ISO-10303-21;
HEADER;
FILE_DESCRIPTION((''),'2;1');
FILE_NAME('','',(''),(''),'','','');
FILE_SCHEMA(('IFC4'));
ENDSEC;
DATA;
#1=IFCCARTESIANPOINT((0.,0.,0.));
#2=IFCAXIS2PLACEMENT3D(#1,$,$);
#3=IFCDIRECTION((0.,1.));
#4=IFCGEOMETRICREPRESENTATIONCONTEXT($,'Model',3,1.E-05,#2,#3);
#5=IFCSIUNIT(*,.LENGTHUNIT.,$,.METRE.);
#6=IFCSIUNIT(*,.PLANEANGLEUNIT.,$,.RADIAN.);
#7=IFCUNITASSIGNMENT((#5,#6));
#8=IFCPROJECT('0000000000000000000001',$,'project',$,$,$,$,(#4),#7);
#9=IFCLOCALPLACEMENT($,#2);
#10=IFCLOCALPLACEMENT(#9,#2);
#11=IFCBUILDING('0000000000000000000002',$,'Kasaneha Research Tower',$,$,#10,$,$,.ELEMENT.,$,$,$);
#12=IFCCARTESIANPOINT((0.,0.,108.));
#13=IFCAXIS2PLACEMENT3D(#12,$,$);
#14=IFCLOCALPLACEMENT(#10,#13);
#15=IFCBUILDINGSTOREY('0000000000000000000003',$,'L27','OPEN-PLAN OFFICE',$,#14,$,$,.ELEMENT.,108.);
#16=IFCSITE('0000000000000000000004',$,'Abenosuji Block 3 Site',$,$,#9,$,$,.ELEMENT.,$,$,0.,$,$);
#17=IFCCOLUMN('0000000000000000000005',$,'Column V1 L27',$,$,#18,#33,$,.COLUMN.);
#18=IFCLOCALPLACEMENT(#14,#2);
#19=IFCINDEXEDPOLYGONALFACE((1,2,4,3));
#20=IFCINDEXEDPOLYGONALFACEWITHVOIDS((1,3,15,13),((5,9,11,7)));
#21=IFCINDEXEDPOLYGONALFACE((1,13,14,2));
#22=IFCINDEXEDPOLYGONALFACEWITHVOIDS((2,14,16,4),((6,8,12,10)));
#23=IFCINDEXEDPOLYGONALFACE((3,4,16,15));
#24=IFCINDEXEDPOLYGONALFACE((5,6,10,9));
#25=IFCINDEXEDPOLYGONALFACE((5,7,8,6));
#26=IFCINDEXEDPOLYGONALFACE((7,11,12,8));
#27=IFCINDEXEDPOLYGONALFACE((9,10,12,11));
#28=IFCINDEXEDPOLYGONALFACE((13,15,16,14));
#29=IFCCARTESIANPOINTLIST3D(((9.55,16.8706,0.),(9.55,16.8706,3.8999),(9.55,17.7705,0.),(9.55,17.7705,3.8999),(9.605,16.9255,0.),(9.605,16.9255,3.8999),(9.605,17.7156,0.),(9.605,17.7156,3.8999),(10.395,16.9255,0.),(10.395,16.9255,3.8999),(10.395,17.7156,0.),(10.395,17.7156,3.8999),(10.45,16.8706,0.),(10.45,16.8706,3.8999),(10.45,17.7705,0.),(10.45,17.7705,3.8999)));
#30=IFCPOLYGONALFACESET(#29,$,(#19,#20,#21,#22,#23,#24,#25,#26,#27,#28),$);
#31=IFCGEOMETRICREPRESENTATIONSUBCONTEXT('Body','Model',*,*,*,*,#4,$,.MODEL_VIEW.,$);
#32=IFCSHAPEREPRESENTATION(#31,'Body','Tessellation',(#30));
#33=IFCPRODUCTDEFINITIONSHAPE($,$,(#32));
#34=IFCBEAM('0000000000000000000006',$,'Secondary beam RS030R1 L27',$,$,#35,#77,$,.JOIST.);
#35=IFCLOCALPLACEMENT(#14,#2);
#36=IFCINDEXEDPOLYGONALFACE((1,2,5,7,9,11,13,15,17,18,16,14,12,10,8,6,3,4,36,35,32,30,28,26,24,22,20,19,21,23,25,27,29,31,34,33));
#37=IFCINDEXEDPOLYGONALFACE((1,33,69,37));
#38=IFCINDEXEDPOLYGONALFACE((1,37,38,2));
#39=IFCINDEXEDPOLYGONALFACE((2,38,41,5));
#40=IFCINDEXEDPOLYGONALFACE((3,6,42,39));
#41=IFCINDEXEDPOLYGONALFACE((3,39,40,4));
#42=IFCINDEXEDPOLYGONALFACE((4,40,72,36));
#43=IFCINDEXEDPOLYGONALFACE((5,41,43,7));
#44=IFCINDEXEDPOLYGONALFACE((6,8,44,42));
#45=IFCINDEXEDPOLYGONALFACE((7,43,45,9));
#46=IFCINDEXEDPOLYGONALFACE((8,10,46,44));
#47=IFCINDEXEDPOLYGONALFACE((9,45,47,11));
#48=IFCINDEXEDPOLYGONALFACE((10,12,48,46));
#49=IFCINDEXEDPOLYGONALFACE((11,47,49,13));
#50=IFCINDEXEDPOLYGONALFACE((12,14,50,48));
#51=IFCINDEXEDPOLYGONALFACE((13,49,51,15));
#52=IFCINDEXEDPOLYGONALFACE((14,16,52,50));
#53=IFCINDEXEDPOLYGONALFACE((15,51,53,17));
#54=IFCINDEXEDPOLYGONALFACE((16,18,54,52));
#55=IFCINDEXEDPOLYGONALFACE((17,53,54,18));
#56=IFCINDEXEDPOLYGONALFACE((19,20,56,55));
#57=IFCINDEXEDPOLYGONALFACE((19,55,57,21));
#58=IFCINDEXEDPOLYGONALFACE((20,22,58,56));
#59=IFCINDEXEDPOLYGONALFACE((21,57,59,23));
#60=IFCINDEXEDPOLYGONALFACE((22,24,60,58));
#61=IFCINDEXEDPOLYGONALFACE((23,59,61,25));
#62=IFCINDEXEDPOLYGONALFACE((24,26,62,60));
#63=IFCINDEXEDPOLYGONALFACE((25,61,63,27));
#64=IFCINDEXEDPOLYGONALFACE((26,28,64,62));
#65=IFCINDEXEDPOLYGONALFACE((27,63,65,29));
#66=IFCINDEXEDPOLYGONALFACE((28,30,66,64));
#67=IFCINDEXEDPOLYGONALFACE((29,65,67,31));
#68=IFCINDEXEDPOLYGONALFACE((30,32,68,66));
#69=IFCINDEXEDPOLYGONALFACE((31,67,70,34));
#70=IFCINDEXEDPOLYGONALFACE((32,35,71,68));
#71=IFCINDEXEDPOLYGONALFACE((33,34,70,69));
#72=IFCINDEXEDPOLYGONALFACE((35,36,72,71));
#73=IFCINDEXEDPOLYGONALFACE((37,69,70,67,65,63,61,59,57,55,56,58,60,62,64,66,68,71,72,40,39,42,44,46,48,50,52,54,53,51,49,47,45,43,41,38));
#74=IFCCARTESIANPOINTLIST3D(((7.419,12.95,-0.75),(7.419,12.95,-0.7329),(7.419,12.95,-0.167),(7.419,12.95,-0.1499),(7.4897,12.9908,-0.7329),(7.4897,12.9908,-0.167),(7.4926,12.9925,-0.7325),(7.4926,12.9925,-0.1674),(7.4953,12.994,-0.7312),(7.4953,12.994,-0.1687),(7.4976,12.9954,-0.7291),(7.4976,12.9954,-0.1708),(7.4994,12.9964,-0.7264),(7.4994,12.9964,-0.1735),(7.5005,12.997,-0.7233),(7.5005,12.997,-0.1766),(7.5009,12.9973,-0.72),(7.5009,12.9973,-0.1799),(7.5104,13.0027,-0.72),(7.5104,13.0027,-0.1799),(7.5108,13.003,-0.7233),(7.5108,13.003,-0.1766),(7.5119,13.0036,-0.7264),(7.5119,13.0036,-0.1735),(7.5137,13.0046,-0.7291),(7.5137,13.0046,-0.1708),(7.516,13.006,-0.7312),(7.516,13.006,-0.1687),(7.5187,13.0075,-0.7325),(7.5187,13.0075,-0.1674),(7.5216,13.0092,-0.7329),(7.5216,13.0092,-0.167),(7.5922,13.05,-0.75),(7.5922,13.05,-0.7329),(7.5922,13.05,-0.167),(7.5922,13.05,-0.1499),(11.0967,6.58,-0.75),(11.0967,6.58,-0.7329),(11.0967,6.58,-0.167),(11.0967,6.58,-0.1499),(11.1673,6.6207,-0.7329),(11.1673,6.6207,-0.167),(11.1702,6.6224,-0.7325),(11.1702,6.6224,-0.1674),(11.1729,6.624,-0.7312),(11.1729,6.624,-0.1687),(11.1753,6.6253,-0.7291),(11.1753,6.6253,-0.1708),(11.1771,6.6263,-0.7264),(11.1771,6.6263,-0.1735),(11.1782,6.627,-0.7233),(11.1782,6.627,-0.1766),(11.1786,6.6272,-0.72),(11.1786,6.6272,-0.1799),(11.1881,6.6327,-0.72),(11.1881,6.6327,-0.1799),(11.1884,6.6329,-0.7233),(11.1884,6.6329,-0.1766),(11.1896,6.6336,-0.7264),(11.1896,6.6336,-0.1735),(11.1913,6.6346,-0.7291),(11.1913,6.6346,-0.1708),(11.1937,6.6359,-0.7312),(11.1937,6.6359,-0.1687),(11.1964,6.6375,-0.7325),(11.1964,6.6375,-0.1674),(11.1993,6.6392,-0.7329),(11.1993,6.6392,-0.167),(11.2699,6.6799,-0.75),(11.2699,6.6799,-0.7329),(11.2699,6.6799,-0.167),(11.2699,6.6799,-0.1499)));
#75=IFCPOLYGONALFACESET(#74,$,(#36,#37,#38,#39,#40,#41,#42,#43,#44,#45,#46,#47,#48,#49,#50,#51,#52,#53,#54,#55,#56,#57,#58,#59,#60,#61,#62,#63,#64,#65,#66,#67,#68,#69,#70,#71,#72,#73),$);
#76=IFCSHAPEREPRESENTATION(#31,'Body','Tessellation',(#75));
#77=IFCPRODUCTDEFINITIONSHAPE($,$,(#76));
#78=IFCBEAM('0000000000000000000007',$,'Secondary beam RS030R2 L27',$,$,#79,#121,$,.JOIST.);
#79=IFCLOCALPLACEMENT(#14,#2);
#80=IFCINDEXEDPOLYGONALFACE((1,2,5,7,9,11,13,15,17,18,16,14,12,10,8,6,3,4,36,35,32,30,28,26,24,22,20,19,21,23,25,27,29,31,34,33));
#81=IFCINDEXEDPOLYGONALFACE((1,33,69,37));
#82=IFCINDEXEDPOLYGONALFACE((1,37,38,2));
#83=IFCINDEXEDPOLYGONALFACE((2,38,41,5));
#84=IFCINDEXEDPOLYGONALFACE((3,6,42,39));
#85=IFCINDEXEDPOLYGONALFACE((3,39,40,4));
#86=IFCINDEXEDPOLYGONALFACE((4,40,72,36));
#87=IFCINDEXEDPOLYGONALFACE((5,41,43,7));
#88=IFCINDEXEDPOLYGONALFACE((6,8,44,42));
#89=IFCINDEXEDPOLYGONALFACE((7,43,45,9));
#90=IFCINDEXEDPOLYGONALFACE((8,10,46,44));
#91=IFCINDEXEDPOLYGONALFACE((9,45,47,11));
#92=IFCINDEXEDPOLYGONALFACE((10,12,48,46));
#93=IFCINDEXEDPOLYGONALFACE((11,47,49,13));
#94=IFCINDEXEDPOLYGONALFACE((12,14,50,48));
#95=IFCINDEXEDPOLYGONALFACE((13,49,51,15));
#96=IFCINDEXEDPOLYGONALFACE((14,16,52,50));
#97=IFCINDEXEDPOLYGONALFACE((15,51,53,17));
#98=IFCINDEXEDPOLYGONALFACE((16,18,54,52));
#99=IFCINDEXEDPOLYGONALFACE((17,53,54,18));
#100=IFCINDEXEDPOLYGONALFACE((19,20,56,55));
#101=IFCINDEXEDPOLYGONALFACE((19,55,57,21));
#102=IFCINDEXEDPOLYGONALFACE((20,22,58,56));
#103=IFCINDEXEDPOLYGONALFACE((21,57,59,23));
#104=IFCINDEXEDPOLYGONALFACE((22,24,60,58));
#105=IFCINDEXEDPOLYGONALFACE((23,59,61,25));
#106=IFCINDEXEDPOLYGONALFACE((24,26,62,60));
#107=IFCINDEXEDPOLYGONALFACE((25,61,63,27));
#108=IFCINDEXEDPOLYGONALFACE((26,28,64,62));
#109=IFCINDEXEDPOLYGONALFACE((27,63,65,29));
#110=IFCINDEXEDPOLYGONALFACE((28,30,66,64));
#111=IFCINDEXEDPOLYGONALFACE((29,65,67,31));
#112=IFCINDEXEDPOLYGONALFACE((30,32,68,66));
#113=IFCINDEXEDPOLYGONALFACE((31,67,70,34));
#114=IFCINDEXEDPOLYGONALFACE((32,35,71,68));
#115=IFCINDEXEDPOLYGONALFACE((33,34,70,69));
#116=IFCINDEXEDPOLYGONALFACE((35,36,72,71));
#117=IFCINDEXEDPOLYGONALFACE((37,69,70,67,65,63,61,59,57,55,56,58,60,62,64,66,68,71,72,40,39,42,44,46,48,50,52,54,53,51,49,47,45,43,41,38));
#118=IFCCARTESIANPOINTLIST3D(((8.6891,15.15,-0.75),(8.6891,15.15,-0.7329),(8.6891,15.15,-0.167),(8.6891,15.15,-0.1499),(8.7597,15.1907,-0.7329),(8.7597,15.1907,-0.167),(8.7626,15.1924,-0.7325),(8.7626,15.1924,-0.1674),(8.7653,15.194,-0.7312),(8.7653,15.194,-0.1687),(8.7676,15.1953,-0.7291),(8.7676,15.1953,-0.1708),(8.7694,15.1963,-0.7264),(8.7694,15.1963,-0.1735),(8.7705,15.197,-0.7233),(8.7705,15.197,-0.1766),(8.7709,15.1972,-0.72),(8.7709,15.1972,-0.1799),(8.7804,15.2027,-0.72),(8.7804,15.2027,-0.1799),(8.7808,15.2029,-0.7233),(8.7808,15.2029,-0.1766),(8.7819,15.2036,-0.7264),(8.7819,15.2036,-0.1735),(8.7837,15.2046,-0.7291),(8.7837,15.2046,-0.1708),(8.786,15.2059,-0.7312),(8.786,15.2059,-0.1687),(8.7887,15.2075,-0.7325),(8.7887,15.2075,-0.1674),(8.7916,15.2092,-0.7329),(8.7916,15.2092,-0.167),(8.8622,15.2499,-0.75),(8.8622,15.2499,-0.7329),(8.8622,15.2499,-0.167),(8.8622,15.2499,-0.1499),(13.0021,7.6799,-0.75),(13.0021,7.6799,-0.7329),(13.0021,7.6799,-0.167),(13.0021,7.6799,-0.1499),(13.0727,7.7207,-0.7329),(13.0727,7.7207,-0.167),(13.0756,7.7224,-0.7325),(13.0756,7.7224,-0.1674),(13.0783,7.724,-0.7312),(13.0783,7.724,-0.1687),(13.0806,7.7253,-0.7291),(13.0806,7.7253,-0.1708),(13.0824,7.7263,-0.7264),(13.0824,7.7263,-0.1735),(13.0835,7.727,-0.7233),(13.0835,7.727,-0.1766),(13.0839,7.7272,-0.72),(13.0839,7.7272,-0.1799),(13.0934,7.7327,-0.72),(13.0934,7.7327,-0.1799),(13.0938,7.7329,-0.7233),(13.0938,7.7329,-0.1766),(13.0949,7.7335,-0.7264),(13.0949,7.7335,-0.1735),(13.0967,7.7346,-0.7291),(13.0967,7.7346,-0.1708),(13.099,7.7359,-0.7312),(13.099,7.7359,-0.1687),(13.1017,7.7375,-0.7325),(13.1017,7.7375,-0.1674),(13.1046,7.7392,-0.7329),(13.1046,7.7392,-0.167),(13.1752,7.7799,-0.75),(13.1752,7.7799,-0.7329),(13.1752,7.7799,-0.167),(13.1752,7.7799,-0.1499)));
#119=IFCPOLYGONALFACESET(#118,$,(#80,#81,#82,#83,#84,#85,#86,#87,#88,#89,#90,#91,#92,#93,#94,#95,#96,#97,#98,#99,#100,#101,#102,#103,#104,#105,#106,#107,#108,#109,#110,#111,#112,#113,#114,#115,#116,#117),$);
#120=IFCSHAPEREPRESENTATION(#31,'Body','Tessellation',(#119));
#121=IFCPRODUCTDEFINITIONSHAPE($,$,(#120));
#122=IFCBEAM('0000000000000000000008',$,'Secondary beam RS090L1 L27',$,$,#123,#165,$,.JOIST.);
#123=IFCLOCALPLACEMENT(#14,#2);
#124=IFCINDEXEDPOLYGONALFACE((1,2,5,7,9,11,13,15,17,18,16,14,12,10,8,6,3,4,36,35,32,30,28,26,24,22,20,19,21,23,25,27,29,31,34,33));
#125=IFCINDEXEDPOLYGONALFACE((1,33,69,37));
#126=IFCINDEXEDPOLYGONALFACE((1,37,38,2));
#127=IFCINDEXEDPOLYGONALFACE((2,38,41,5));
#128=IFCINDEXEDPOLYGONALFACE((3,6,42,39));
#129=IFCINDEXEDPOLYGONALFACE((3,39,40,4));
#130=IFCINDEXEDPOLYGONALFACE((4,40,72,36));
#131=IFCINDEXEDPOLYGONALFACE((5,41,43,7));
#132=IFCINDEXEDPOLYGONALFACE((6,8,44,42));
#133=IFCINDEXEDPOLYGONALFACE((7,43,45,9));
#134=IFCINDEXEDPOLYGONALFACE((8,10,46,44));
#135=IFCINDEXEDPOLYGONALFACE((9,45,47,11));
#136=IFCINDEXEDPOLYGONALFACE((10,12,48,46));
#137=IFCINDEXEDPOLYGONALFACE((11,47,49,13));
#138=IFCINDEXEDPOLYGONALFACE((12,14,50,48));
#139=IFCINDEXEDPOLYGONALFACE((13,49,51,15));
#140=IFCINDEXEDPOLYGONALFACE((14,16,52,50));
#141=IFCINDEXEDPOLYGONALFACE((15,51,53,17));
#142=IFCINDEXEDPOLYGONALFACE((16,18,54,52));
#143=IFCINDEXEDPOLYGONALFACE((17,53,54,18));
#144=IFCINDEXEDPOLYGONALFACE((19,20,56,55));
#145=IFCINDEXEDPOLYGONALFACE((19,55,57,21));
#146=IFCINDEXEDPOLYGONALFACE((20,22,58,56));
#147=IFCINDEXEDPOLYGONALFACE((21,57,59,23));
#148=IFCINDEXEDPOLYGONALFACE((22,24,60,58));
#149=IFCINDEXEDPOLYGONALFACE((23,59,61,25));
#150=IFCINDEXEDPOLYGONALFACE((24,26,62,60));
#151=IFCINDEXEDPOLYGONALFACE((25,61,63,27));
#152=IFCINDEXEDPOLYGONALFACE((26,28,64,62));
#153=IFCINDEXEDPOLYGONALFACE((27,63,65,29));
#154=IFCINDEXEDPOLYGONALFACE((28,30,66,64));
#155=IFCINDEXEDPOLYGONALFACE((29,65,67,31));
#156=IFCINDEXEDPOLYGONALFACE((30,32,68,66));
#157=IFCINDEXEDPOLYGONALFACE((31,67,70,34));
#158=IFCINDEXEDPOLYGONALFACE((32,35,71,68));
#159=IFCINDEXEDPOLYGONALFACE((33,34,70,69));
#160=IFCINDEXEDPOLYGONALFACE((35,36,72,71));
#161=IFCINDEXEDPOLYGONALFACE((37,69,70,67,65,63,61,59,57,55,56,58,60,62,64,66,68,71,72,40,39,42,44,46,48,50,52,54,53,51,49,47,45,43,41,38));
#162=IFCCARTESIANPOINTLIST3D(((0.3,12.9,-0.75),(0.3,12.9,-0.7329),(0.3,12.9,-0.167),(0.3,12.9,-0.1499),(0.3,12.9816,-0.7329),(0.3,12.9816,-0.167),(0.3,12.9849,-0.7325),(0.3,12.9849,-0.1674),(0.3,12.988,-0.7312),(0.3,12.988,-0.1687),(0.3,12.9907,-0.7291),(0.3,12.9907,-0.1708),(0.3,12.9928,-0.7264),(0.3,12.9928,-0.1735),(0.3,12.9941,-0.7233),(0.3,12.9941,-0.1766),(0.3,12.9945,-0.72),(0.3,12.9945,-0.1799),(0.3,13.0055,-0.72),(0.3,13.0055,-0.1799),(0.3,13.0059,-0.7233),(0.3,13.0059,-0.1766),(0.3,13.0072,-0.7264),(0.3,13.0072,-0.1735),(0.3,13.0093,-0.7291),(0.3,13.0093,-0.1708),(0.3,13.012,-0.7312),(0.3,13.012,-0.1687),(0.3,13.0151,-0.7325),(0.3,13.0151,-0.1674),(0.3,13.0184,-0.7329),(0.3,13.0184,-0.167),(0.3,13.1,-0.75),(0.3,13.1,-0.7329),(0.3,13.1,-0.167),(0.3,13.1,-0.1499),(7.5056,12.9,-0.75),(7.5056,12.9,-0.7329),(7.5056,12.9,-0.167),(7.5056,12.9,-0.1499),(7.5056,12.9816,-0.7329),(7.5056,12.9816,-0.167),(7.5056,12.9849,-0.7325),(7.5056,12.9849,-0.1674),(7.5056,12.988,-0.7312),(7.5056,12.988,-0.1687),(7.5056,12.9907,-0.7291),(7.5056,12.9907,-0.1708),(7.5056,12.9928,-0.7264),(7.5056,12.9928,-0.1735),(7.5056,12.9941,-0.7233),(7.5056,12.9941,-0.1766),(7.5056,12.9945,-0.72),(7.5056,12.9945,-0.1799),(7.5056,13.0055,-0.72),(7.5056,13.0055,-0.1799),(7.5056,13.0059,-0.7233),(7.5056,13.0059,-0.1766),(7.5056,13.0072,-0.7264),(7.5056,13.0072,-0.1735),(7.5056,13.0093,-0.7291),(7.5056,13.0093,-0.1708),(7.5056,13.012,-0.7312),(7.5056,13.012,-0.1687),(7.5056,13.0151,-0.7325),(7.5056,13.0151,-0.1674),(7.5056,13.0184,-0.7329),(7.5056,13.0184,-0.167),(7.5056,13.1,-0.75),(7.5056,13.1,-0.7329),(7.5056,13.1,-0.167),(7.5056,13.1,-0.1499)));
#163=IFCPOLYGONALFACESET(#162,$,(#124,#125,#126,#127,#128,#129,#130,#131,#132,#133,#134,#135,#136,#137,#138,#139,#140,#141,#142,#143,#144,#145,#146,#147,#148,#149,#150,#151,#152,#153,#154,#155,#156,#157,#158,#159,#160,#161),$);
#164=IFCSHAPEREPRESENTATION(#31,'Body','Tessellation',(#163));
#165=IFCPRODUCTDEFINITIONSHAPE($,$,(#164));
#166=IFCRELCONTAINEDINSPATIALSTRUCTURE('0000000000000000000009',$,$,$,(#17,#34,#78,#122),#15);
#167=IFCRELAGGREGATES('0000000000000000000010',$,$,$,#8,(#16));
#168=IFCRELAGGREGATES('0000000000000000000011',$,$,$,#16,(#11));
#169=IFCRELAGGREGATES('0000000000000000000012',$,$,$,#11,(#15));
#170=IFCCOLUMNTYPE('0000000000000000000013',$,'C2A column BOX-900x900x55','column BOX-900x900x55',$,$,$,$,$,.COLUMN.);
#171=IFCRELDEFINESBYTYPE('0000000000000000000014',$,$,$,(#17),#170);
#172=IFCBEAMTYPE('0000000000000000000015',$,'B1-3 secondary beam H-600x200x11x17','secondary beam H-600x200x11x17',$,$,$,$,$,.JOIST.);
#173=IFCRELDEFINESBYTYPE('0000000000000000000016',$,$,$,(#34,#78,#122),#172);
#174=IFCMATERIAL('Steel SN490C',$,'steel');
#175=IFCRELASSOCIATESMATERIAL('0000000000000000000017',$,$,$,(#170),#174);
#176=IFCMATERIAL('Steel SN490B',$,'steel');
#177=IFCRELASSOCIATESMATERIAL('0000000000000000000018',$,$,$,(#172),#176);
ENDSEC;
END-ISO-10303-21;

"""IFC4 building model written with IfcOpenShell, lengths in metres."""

from ifc_helpers import new_model, si_unit, direction, frame, origin, origin_2d, place, context, subcontext, project, spatial, hollow_rectangle, i_section, extrude, material, material_profile, profile_set, type_object, element, save


model = new_model("IFC4")

# Units and contexts
model_context = context("Model", 3, precision=1e-05, world=origin(), true_north=direction((0.0, 1.0)))
body_context = subcontext(model_context, "Body", "Model", "MODEL_VIEW")
ifc_project = project(units=[si_unit("LENGTHUNIT", "METRE"), si_unit("PLANEANGLEUNIT", "RADIAN")], contexts=[model_context])

# Site, building, storey
site_placement = place(None, origin())
site = spatial("IfcSite", under=ifc_project, at=site_placement, Name="Abenosuji Block 3 Site", CompositionType="ELEMENT", RefElevation=0.0)
building_placement = place(site_placement, origin())
building = spatial("IfcBuilding", under=site, at=building_placement, Name="Kasaneha Research Tower", CompositionType="ELEMENT")
storey_placement = place(building_placement, frame((0.0, 0.0, 108.0)))
storey = spatial("IfcBuildingStorey", under=building, at=storey_placement, Name="L27", Description="OPEN-PLAN OFFICE", CompositionType="ELEMENT", Elevation=108.0)

# Column
ifc_material_1 = material(Name="Steel SN490C", Category="steel")
ifc_material_profile_1 = material_profile(ifc_material_1, hollow_rectangle(XDim=0.8999, YDim=0.8999, WallThickness=0.0549, at=origin_2d()), Name="BOX-900x900x55")
ifc_profile_set_1 = profile_set([ifc_material_profile_1], Name="Steel SN490C")
column_type = type_object("IfcColumnType", Name="C2A column BOX-900x900x55", Description="column BOX-900x900x55", PredefinedType="COLUMN", material=ifc_profile_set_1)
column_placement = place(storey_placement, frame((10.0, 17.3206, 0.0), z_axis=(0.0, 0.0, 1.0), x_axis=(1.0, 0.0, 0.0)))
element("IfcColumn", 1, at=column_placement, inside=storey, type_object=column_type, Name="Column V1 L27", PredefinedType="COLUMN", context=body_context, shape_type="SweptSolid", body=[
    extrude(hollow_rectangle(XDim=0.8999, YDim=0.8999, WallThickness=0.0549, at=origin_2d()), origin(), (0.0, 0.0, 1.0), 3.8999),
])

# Beams
ifc_material_2 = material(Name="Steel SN490B", Category="steel")
ifc_material_profile_2 = material_profile(ifc_material_2, i_section(OverallWidth=0.2, OverallDepth=0.6001, WebThickness=0.011, FlangeThickness=0.0171, FilletRadius=0.0129, at=origin_2d()), Name="H-600x200x11x17")
ifc_profile_set_2 = profile_set([ifc_material_profile_2], Name="Steel SN490B")
beam_type_1 = type_object("IfcBeamType", Name="B1-3 secondary beam H-600x200x11x17", Description="secondary beam H-600x200x11x17", PredefinedType="JOIST", material=ifc_profile_set_2)
beam_1_placement = place(storey_placement, frame((7.5056, 13.0, -0.45), z_axis=(0.499994, -0.866029, 0.0), x_axis=(0.866029, 0.499994, 0.0)))
element("IfcBeam", 2, at=beam_1_placement, inside=storey, type_object=beam_type_1, Name="Secondary beam RS030R1 L27", PredefinedType="JOIST", context=body_context, shape_type="SweptSolid", body=[
    extrude(i_section(OverallWidth=0.2, OverallDepth=0.6001, WebThickness=0.011, FlangeThickness=0.0171, FilletRadius=0.0129, at=origin_2d()), origin(), (0.0, 0.0, 1.0), 7.3555),
])
beam_2_placement = place(storey_placement, frame((8.7756, 15.2, -0.45), z_axis=(0.500017, -0.866015, 0.0), x_axis=(0.866015, 0.500017, 0.0)))
element("IfcBeam", 3, at=beam_2_placement, inside=storey, type_object=beam_type_1, Name="Secondary beam RS030R2 L27", PredefinedType="JOIST", context=body_context, shape_type="SweptSolid", body=[
    extrude(i_section(OverallWidth=0.2, OverallDepth=0.6001, WebThickness=0.011, FlangeThickness=0.0171, FilletRadius=0.0129, at=origin_2d()), origin(), (0.0, 0.0, 1.0), 8.6257),
])
beam_3_placement = place(storey_placement, frame((7.5056, 13.0, -0.45), z_axis=(-1.0, 0.0, 0.0), x_axis=(0.0, -1.0, 0.0)))
element("IfcBeam", 4, at=beam_3_placement, inside=storey, type_object=beam_type_1, Name="Secondary beam RS090L1 L27", PredefinedType="JOIST", context=body_context, shape_type="SweptSolid", body=[
    extrude(i_section(OverallWidth=0.2, OverallDepth=0.6001, WebThickness=0.011, FlangeThickness=0.0171, FilletRadius=0.0129, at=origin_2d()), origin(), (0.0, 0.0, 1.0), 7.2056),
])

save(model, "model.ifc")
